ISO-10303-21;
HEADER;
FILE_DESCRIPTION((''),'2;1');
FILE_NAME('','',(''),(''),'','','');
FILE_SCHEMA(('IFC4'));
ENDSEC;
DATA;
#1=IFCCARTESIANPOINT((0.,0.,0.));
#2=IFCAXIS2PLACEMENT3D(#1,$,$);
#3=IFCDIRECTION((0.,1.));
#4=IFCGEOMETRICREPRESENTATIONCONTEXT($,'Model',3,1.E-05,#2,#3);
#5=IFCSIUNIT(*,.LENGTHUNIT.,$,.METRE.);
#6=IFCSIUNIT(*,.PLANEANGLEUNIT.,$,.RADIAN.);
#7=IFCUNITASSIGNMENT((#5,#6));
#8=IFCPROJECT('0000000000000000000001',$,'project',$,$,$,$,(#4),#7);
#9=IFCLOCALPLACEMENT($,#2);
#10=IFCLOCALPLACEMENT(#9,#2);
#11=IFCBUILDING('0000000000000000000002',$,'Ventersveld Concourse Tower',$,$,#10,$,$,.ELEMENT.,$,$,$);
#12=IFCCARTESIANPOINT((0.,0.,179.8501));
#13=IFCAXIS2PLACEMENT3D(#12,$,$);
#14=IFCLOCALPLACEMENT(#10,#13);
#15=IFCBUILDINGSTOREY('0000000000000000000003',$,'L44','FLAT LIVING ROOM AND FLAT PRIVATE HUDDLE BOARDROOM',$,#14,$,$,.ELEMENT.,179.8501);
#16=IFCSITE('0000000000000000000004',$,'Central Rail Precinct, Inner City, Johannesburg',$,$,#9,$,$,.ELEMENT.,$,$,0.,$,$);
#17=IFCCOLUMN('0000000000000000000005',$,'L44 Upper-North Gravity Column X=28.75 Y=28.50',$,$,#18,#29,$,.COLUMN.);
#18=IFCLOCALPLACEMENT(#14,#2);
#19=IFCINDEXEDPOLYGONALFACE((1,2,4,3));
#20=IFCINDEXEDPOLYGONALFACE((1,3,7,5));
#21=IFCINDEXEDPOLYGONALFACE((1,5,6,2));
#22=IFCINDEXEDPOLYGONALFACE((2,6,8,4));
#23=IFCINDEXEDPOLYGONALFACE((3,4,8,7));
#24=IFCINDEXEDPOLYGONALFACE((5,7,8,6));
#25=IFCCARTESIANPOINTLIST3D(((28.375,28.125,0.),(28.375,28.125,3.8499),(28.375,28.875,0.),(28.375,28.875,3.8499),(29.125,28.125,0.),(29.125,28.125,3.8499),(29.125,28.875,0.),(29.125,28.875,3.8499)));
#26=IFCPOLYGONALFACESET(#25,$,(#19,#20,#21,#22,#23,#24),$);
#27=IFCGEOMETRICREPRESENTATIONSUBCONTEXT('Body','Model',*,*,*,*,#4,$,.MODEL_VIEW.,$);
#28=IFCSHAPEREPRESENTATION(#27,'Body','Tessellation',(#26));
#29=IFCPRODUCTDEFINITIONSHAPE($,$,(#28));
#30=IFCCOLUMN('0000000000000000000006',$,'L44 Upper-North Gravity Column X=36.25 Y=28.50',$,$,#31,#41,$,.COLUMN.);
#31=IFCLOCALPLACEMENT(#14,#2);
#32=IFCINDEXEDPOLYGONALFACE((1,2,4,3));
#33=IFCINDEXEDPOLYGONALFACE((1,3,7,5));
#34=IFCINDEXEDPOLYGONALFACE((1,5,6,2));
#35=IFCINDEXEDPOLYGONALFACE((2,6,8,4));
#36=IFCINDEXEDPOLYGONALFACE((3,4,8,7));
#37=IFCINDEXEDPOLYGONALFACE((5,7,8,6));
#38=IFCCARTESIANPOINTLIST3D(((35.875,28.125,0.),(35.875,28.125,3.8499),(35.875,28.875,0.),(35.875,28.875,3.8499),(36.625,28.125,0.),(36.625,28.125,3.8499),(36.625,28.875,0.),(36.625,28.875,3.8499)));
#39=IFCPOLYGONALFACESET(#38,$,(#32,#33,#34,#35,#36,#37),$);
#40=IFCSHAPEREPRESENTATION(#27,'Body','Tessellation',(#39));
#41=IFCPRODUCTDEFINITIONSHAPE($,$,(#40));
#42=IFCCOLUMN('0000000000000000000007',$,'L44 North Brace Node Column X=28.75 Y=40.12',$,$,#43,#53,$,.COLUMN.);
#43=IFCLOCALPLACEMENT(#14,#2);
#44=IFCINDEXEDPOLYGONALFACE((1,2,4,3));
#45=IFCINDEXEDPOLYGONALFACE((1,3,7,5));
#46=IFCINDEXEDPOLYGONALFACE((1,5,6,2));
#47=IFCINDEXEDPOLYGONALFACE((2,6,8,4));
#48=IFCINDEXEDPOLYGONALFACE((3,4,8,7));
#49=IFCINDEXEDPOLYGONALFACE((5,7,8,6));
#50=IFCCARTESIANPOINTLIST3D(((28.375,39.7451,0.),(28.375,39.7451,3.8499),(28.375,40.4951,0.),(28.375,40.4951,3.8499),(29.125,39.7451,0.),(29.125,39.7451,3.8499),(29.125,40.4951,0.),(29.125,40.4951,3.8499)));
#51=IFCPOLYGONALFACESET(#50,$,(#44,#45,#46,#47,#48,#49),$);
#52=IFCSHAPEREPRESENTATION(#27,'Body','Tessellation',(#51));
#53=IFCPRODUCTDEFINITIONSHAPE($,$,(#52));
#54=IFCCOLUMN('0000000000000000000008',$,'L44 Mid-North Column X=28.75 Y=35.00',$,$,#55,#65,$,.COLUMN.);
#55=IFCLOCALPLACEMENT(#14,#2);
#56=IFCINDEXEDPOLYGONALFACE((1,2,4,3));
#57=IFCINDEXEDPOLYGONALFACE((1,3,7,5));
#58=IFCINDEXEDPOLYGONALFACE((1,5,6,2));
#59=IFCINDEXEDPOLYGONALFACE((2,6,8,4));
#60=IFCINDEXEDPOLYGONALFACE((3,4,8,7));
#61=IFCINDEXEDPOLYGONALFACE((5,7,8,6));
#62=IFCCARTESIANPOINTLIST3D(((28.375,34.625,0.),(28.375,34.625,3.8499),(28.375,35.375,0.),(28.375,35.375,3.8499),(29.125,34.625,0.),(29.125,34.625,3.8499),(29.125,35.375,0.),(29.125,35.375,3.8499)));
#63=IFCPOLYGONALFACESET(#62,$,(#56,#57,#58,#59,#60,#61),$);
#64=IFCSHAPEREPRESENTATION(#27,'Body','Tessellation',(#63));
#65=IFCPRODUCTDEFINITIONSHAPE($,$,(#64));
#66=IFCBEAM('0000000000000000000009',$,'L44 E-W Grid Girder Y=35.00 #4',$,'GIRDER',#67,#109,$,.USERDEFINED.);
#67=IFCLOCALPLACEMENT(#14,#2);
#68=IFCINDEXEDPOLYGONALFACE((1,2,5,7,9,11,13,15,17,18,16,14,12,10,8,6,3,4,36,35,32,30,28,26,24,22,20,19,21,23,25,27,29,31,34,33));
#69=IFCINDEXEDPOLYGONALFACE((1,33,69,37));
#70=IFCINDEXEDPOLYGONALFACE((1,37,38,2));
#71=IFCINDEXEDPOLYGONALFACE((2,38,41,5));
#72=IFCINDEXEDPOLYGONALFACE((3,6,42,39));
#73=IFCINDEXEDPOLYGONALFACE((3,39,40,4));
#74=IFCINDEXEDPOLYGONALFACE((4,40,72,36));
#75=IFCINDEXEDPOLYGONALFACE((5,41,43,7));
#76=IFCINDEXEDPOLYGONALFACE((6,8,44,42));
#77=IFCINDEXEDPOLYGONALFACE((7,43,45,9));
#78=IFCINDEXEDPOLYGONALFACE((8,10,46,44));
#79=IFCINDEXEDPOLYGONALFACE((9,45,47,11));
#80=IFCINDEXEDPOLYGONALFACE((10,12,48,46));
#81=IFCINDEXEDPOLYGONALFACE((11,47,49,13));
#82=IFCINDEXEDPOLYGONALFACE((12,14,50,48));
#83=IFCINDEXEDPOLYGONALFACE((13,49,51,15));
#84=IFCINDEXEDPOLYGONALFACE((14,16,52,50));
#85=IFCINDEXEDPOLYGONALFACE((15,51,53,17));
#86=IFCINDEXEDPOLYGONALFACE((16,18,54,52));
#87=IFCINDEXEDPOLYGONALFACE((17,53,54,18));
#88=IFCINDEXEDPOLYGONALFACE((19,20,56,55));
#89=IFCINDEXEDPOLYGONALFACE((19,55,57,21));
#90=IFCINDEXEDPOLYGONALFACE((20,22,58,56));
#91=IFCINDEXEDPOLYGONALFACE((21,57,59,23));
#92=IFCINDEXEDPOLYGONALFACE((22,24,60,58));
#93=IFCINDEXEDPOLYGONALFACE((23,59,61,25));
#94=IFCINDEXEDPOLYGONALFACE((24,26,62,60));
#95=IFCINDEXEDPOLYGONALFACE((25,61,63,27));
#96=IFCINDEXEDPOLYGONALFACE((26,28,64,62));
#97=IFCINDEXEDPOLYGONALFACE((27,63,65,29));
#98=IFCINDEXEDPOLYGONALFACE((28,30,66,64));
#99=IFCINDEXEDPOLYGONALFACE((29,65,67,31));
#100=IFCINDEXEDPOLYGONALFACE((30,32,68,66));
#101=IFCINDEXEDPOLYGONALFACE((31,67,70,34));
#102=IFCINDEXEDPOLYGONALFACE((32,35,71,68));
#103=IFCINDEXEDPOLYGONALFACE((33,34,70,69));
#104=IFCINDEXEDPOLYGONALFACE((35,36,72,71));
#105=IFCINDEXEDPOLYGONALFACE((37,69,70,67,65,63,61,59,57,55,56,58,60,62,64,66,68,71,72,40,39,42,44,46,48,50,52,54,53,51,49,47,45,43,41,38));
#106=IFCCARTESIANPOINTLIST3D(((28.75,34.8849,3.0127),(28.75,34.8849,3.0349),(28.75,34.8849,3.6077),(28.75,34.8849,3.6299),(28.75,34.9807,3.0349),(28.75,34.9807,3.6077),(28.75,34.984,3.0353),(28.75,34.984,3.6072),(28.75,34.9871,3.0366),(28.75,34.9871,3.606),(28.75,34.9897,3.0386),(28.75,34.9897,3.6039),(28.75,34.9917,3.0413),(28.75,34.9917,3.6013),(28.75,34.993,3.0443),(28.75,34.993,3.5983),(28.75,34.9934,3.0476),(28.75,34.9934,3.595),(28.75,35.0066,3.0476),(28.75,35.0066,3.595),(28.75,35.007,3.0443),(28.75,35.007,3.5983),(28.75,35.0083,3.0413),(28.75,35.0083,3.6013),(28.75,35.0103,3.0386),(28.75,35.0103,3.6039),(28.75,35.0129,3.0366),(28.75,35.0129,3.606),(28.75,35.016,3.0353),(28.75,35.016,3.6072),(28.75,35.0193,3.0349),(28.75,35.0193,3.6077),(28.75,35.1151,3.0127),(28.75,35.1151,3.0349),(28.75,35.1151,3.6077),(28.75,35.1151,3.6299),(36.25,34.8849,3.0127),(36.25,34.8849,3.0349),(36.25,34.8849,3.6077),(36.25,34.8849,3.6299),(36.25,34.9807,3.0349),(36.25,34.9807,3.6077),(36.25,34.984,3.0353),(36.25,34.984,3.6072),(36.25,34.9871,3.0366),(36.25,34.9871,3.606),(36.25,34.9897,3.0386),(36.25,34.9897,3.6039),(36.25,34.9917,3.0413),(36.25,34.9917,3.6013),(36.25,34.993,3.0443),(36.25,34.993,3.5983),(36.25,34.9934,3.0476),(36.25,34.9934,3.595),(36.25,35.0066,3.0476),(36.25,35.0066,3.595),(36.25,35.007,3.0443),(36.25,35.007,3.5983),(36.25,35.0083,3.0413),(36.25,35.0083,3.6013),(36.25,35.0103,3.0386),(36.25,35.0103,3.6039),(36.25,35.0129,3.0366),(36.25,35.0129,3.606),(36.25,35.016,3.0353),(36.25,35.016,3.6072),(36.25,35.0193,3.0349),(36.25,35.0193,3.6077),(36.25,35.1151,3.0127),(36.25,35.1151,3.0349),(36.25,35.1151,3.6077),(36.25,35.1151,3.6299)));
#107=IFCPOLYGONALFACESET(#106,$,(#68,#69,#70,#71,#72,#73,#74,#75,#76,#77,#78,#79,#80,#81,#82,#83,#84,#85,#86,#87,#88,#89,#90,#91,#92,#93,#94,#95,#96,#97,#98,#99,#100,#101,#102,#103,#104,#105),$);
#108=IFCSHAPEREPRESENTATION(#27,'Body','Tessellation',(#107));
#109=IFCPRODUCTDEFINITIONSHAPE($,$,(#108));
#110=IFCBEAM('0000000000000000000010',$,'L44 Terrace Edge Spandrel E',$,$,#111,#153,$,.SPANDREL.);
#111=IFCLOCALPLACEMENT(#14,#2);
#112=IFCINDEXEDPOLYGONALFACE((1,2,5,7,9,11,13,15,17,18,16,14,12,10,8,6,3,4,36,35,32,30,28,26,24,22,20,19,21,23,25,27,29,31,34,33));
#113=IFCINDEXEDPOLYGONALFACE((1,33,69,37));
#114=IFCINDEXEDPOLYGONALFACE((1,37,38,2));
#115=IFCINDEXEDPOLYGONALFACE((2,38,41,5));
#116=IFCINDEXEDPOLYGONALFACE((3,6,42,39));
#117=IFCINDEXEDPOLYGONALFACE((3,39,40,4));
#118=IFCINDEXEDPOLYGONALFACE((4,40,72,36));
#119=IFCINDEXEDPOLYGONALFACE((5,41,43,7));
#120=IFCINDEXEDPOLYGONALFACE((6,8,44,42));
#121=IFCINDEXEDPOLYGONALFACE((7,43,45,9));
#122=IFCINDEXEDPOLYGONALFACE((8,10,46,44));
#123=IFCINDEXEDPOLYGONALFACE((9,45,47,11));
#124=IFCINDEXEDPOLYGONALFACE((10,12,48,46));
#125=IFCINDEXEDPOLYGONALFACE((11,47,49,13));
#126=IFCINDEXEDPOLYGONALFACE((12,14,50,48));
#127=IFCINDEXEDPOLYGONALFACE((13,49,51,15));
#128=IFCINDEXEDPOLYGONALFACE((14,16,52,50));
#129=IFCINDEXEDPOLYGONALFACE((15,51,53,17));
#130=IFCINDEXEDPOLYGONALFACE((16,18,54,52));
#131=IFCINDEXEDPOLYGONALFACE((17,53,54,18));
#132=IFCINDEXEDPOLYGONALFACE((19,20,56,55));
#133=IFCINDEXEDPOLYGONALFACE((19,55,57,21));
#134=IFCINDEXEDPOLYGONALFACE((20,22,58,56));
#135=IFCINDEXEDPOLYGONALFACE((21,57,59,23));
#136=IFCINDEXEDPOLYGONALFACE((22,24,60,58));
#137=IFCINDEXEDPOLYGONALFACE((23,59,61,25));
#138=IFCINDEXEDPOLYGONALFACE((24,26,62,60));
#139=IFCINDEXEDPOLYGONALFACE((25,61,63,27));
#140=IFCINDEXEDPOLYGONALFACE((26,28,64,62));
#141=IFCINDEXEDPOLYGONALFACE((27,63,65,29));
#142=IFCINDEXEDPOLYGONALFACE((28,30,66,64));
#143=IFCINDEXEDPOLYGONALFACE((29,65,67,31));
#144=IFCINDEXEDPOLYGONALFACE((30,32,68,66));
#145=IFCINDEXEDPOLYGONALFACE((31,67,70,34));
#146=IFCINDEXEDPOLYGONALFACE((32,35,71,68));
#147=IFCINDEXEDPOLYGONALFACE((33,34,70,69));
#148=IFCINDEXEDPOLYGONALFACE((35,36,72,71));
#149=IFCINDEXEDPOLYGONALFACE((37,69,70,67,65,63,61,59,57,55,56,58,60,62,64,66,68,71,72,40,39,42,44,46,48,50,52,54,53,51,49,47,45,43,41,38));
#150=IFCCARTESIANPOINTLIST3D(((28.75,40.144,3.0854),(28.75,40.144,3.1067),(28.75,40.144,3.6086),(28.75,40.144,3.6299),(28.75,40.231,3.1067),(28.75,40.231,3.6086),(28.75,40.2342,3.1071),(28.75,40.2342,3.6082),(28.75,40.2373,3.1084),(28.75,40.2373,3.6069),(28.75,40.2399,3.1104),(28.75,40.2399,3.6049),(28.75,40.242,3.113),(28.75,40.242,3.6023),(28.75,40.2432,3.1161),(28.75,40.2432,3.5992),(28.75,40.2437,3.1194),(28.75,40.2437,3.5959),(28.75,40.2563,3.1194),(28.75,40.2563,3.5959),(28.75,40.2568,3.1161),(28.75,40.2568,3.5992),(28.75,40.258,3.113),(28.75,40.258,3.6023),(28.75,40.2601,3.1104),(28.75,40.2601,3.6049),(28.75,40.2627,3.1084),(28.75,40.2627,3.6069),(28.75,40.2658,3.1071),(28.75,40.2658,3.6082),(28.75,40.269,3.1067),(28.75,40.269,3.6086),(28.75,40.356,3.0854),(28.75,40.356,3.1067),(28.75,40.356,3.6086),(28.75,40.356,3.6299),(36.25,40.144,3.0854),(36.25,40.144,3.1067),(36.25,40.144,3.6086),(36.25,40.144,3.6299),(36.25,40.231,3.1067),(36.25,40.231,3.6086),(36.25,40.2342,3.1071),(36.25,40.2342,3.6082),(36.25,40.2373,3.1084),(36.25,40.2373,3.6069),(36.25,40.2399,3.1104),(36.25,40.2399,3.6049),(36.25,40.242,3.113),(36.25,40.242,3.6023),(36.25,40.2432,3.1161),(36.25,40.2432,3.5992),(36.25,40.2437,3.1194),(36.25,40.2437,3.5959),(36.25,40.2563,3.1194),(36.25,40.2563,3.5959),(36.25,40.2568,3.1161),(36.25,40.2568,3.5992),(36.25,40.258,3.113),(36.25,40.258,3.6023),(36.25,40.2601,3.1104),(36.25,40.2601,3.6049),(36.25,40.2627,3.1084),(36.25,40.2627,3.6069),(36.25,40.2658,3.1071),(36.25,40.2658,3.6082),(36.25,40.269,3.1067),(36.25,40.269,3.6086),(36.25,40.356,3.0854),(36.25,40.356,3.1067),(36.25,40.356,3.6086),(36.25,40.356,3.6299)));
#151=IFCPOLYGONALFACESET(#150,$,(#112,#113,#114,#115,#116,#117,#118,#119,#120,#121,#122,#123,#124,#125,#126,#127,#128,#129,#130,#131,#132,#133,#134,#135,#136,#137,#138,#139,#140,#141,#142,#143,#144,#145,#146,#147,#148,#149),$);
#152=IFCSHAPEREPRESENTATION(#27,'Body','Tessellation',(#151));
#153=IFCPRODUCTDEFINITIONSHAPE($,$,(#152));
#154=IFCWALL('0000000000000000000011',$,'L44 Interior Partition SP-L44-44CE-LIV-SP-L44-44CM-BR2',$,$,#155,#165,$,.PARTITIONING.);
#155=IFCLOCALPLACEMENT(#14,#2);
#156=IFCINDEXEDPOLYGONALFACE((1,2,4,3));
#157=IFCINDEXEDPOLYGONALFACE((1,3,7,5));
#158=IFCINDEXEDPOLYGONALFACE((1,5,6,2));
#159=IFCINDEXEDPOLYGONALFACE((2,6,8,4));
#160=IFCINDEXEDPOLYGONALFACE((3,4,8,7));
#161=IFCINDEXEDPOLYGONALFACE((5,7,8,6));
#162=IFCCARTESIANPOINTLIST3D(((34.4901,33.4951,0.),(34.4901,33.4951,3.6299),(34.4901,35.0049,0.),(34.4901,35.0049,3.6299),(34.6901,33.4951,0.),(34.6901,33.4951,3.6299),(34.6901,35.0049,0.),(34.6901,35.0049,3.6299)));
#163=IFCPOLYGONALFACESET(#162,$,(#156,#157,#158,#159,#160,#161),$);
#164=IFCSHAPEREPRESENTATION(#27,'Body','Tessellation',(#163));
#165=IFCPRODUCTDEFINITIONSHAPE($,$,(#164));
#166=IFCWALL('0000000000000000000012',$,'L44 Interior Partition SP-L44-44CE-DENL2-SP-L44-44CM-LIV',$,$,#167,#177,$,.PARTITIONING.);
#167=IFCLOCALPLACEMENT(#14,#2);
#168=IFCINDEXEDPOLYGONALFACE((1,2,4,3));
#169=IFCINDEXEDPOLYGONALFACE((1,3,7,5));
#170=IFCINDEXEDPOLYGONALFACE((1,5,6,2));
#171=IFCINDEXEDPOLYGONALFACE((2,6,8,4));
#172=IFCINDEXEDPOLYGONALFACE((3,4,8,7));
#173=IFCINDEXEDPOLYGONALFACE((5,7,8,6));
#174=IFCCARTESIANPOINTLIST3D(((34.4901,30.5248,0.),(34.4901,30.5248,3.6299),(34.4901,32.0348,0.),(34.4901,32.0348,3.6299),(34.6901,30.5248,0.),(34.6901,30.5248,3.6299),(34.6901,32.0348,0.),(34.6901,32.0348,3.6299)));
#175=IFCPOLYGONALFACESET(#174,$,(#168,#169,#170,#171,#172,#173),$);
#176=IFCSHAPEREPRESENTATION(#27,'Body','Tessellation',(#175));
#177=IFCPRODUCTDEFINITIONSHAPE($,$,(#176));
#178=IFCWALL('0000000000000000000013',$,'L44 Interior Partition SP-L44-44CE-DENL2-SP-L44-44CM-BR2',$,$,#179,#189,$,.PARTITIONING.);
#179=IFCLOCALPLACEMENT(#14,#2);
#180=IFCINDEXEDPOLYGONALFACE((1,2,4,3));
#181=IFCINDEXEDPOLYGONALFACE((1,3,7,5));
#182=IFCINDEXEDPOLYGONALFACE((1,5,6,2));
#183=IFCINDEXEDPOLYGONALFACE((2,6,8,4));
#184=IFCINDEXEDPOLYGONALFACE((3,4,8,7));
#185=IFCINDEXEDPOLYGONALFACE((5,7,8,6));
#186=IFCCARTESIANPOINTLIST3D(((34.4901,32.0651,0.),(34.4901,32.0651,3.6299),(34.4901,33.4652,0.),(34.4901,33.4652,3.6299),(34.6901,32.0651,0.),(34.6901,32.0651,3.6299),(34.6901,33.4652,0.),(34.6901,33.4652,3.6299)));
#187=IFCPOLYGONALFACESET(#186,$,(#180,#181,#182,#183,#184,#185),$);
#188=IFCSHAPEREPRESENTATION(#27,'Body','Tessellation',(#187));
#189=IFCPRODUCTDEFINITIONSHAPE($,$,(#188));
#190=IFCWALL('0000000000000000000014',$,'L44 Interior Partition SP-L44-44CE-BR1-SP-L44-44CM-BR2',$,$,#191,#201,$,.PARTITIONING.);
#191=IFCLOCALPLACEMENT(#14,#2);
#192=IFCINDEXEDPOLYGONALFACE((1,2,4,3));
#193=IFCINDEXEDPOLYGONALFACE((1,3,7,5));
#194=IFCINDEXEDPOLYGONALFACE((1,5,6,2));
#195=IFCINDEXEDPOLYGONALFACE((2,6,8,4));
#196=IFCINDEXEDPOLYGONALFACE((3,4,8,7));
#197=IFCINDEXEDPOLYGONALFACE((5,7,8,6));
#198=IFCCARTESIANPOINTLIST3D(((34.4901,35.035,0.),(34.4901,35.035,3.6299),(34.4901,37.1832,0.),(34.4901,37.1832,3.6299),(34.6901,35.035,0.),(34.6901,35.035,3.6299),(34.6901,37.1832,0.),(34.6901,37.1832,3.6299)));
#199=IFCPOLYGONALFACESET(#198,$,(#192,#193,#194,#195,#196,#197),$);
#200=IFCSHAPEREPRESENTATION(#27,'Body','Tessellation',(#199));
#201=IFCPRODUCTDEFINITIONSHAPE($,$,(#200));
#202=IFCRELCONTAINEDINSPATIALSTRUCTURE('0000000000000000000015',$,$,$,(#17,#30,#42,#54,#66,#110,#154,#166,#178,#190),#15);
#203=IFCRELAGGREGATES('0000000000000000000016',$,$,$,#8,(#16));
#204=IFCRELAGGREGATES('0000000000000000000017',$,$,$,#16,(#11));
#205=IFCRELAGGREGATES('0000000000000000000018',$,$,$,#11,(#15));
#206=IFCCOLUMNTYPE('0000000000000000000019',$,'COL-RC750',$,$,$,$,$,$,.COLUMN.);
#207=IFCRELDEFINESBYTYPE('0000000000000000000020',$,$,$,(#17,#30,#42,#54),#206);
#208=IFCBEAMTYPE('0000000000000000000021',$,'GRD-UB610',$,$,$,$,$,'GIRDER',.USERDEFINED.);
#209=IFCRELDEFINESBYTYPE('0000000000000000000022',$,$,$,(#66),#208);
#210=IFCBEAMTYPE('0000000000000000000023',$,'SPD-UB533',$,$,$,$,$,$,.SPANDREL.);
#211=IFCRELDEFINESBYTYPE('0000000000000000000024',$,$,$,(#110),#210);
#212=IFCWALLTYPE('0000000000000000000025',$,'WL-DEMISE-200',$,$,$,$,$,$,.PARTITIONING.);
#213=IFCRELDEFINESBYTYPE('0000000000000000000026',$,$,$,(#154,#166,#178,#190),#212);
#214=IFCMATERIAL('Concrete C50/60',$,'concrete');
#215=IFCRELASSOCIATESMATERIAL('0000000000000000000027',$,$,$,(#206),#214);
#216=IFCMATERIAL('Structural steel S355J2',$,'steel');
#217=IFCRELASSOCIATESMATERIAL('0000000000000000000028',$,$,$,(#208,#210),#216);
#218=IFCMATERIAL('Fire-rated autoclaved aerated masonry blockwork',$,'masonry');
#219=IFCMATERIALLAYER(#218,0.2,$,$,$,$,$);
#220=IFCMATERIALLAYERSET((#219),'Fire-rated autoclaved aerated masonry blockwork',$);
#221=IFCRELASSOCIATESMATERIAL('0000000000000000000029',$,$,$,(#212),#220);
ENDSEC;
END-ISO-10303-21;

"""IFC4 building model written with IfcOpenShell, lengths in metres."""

from ifc_helpers import new_model, si_unit, direction, frame, frame_2d, origin, origin_2d, place, context, subcontext, project, spatial, rectangle, i_section, extrude, material, layer, layer_set, material_profile, profile_set, type_object, element, save


model = new_model("IFC4")

# Units and contexts
model_context = context("Model", 3, precision=1e-05, world=origin(), true_north=direction((0.0, 1.0)))
body_context = subcontext(model_context, "Body", "Model", "MODEL_VIEW")
ifc_project = project(units=[si_unit("LENGTHUNIT", "METRE"), si_unit("PLANEANGLEUNIT", "RADIAN")], contexts=[model_context])

# Site, building, storey
site_placement = place(None, origin())
site = spatial("IfcSite", under=ifc_project, at=site_placement, Name="Central Rail Precinct, Inner City, Johannesburg", CompositionType="ELEMENT", RefElevation=0.0)
building_placement = place(site_placement, origin())
building = spatial("IfcBuilding", under=site, at=building_placement, Name="Ventersveld Concourse Tower", CompositionType="ELEMENT")
storey_placement = place(building_placement, frame((0.0, 0.0, 179.8501)))
storey = spatial("IfcBuildingStorey", under=building, at=storey_placement, Name="L44", Description="FLAT LIVING ROOM AND FLAT PRIVATE HUDDLE BOARDROOM", CompositionType="ELEMENT", Elevation=179.8501)

# Columns
ifc_material_1 = material(Name="Concrete C50/60", Category="concrete")
ifc_material_profile_1 = material_profile(ifc_material_1, rectangle(XDim=0.75, YDim=0.75, at=origin_2d()), Name="RC 750x750")
ifc_profile_set_1 = profile_set([ifc_material_profile_1], Name="Concrete C50/60")
column_type = type_object("IfcColumnType", Name="COL-RC750", PredefinedType="COLUMN", material=ifc_profile_set_1)
for number, where, z_axis, x_axis, name in (
    (1, (28.75, 28.5, 0.0), (0.0, 0.0, 1.0), (1.0, 0.0, 0.0), "L44 Upper-North Gravity Column X=28.75 Y=28.50"),
    (2, (36.25, 28.5, 0.0), (0.0, 0.0, 1.0), (1.0, 0.0, 0.0), "L44 Upper-North Gravity Column X=36.25 Y=28.50"),
    (3, (28.75, 40.1201, 0.0), (0.0, 0.0, 1.0), (1.0, 0.0, 0.0), "L44 North Brace Node Column X=28.75 Y=40.12"),
    (4, (28.75, 35.0, 0.0), (0.0, 0.0, 1.0), (1.0, 0.0, 0.0), "L44 Mid-North Column X=28.75 Y=35.00"),
):
    element("IfcColumn", number, at=place(storey_placement, frame(where, z_axis=z_axis, x_axis=x_axis)), inside=storey, type_object=column_type, Name=name, PredefinedType="COLUMN", context=body_context, shape_type="SweptSolid", body=[
        extrude(rectangle(XDim=0.75, YDim=0.75, at=origin_2d()), origin(), (0.0, 0.0, 1.0), 3.8499),
    ])

# Beams
ifc_material_2 = material(Name="Structural steel S355J2", Category="steel")
ifc_material_profile_2 = material_profile(ifc_material_2, i_section(OverallWidth=0.2302, OverallDepth=0.6172, WebThickness=0.0132, FlangeThickness=0.0222, FilletRadius=0.0127, at=origin_2d()), Name="UB 610x229x140")
ifc_profile_set_2 = profile_set([ifc_material_profile_2], Name="Structural steel S355J2")
beam_type_1 = type_object("IfcBeamType", Name="GRD-UB610", ElementType="GIRDER", PredefinedType="USERDEFINED", material=ifc_profile_set_2)
beam_1_placement = place(storey_placement, frame((28.75, 35.0, 3.3213), z_axis=(1.0, 0.0, 0.0), x_axis=(0.0, 1.0, 0.0)))
element("IfcBeam", 5, at=beam_1_placement, inside=storey, type_object=beam_type_1, Name="L44 E-W Grid Girder Y=35.00 #4", ObjectType="GIRDER", PredefinedType="USERDEFINED", context=body_context, shape_type="SweptSolid", body=[
    extrude(i_section(OverallWidth=0.2302, OverallDepth=0.6172, WebThickness=0.0132, FlangeThickness=0.0222, FilletRadius=0.0127, at=origin_2d()), origin(), (0.0, 0.0, 1.0), 7.5),
])
ifc_material_profile_3 = material_profile(ifc_material_2, i_section(OverallWidth=0.2119, OverallDepth=0.5444, WebThickness=0.0127, FlangeThickness=0.0212, FilletRadius=0.0127, at=origin_2d()), Name="UB 533x210x122")
ifc_profile_set_3 = profile_set([ifc_material_profile_3], Name="Structural steel S355J2")
beam_type_2 = type_object("IfcBeamType", Name="SPD-UB533", PredefinedType="SPANDREL", material=ifc_profile_set_3)
beam_2_placement = place(storey_placement, frame((28.75, 40.25, 3.3577), z_axis=(1.0, 0.0, 0.0), x_axis=(0.0, 1.0, 0.0)))
element("IfcBeam", 6, at=beam_2_placement, inside=storey, type_object=beam_type_2, Name="L44 Terrace Edge Spandrel E", PredefinedType="SPANDREL", context=body_context, shape_type="SweptSolid", body=[
    extrude(i_section(OverallWidth=0.2119, OverallDepth=0.5444, WebThickness=0.0127, FlangeThickness=0.0212, FilletRadius=0.0127, at=origin_2d()), origin(), (0.0, 0.0, 1.0), 7.5),
])

# Walls
ifc_material_3 = material(Name="Fire-rated autoclaved aerated masonry blockwork", Category="masonry")
ifc_layer_1 = layer(ifc_material_3, 0.2)
ifc_layer_set_1 = layer_set([ifc_layer_1], Name="Fire-rated autoclaved aerated masonry blockwork")
wall_type_1 = type_object("IfcWallType", Name="WL-DEMISE-200", PredefinedType="PARTITIONING", material=ifc_layer_set_1)
wall_1_placement = place(storey_placement, frame((34.5901, 33.4951, 0.0), z_axis=(0.0, 0.0, 1.0), x_axis=(0.0, 1.0, 0.0)))
element("IfcWall", 7, at=wall_1_placement, inside=storey, type_object=wall_type_1, Name="L44 Interior Partition SP-L44-44CE-LIV-SP-L44-44CM-BR2", PredefinedType="PARTITIONING", context=body_context, shape_type="SweptSolid", body=[
    extrude(rectangle(XDim=1.5098, YDim=0.2, at=frame_2d((0.7549, 0.0))), origin(), (0.0, 0.0, 1.0), 3.6299),
])
wall_2_placement = place(storey_placement, frame((34.5901, 30.5249, 0.0), z_axis=(0.0, 0.0, 1.0), x_axis=(0.0, 1.0, 0.0)))
element("IfcWall", 8, at=wall_2_placement, inside=storey, type_object=wall_type_1, Name="L44 Interior Partition SP-L44-44CE-DENL2-SP-L44-44CM-LIV", PredefinedType="PARTITIONING", context=body_context, shape_type="SweptSolid", body=[
    extrude(rectangle(XDim=1.51, YDim=0.2, at=frame_2d((0.7549, 0.0))), origin(), (0.0, 0.0, 1.0), 3.6299),
])
wall_3_placement = place(storey_placement, frame((34.5901, 32.0649, 0.0), z_axis=(0.0, 0.0, 1.0), x_axis=(0.0, 1.0, 0.0)))
element("IfcWall", 9, at=wall_3_placement, inside=storey, type_object=wall_type_1, Name="L44 Interior Partition SP-L44-44CE-DENL2-SP-L44-44CM-BR2", PredefinedType="PARTITIONING", context=body_context, shape_type="SweptSolid", body=[
    extrude(rectangle(XDim=1.4001, YDim=0.2, at=frame_2d((0.7002, 0.0))), origin(), (0.0, 0.0, 1.0), 3.6299),
])
wall_4_placement = place(storey_placement, frame((34.5901, 35.0349, 0.0), z_axis=(0.0, 0.0, 1.0), x_axis=(0.0, 1.0, 0.0)))
element("IfcWall", 10, at=wall_4_placement, inside=storey, type_object=wall_type_1, Name="L44 Interior Partition SP-L44-44CE-BR1-SP-L44-44CM-BR2", PredefinedType="PARTITIONING", context=body_context, shape_type="SweptSolid", body=[
    extrude(rectangle(XDim=2.1482, YDim=0.2, at=frame_2d((1.0742, 0.0))), origin(), (0.0, 0.0, 1.0), 3.6299),
])

save(model, "model.ifc")
